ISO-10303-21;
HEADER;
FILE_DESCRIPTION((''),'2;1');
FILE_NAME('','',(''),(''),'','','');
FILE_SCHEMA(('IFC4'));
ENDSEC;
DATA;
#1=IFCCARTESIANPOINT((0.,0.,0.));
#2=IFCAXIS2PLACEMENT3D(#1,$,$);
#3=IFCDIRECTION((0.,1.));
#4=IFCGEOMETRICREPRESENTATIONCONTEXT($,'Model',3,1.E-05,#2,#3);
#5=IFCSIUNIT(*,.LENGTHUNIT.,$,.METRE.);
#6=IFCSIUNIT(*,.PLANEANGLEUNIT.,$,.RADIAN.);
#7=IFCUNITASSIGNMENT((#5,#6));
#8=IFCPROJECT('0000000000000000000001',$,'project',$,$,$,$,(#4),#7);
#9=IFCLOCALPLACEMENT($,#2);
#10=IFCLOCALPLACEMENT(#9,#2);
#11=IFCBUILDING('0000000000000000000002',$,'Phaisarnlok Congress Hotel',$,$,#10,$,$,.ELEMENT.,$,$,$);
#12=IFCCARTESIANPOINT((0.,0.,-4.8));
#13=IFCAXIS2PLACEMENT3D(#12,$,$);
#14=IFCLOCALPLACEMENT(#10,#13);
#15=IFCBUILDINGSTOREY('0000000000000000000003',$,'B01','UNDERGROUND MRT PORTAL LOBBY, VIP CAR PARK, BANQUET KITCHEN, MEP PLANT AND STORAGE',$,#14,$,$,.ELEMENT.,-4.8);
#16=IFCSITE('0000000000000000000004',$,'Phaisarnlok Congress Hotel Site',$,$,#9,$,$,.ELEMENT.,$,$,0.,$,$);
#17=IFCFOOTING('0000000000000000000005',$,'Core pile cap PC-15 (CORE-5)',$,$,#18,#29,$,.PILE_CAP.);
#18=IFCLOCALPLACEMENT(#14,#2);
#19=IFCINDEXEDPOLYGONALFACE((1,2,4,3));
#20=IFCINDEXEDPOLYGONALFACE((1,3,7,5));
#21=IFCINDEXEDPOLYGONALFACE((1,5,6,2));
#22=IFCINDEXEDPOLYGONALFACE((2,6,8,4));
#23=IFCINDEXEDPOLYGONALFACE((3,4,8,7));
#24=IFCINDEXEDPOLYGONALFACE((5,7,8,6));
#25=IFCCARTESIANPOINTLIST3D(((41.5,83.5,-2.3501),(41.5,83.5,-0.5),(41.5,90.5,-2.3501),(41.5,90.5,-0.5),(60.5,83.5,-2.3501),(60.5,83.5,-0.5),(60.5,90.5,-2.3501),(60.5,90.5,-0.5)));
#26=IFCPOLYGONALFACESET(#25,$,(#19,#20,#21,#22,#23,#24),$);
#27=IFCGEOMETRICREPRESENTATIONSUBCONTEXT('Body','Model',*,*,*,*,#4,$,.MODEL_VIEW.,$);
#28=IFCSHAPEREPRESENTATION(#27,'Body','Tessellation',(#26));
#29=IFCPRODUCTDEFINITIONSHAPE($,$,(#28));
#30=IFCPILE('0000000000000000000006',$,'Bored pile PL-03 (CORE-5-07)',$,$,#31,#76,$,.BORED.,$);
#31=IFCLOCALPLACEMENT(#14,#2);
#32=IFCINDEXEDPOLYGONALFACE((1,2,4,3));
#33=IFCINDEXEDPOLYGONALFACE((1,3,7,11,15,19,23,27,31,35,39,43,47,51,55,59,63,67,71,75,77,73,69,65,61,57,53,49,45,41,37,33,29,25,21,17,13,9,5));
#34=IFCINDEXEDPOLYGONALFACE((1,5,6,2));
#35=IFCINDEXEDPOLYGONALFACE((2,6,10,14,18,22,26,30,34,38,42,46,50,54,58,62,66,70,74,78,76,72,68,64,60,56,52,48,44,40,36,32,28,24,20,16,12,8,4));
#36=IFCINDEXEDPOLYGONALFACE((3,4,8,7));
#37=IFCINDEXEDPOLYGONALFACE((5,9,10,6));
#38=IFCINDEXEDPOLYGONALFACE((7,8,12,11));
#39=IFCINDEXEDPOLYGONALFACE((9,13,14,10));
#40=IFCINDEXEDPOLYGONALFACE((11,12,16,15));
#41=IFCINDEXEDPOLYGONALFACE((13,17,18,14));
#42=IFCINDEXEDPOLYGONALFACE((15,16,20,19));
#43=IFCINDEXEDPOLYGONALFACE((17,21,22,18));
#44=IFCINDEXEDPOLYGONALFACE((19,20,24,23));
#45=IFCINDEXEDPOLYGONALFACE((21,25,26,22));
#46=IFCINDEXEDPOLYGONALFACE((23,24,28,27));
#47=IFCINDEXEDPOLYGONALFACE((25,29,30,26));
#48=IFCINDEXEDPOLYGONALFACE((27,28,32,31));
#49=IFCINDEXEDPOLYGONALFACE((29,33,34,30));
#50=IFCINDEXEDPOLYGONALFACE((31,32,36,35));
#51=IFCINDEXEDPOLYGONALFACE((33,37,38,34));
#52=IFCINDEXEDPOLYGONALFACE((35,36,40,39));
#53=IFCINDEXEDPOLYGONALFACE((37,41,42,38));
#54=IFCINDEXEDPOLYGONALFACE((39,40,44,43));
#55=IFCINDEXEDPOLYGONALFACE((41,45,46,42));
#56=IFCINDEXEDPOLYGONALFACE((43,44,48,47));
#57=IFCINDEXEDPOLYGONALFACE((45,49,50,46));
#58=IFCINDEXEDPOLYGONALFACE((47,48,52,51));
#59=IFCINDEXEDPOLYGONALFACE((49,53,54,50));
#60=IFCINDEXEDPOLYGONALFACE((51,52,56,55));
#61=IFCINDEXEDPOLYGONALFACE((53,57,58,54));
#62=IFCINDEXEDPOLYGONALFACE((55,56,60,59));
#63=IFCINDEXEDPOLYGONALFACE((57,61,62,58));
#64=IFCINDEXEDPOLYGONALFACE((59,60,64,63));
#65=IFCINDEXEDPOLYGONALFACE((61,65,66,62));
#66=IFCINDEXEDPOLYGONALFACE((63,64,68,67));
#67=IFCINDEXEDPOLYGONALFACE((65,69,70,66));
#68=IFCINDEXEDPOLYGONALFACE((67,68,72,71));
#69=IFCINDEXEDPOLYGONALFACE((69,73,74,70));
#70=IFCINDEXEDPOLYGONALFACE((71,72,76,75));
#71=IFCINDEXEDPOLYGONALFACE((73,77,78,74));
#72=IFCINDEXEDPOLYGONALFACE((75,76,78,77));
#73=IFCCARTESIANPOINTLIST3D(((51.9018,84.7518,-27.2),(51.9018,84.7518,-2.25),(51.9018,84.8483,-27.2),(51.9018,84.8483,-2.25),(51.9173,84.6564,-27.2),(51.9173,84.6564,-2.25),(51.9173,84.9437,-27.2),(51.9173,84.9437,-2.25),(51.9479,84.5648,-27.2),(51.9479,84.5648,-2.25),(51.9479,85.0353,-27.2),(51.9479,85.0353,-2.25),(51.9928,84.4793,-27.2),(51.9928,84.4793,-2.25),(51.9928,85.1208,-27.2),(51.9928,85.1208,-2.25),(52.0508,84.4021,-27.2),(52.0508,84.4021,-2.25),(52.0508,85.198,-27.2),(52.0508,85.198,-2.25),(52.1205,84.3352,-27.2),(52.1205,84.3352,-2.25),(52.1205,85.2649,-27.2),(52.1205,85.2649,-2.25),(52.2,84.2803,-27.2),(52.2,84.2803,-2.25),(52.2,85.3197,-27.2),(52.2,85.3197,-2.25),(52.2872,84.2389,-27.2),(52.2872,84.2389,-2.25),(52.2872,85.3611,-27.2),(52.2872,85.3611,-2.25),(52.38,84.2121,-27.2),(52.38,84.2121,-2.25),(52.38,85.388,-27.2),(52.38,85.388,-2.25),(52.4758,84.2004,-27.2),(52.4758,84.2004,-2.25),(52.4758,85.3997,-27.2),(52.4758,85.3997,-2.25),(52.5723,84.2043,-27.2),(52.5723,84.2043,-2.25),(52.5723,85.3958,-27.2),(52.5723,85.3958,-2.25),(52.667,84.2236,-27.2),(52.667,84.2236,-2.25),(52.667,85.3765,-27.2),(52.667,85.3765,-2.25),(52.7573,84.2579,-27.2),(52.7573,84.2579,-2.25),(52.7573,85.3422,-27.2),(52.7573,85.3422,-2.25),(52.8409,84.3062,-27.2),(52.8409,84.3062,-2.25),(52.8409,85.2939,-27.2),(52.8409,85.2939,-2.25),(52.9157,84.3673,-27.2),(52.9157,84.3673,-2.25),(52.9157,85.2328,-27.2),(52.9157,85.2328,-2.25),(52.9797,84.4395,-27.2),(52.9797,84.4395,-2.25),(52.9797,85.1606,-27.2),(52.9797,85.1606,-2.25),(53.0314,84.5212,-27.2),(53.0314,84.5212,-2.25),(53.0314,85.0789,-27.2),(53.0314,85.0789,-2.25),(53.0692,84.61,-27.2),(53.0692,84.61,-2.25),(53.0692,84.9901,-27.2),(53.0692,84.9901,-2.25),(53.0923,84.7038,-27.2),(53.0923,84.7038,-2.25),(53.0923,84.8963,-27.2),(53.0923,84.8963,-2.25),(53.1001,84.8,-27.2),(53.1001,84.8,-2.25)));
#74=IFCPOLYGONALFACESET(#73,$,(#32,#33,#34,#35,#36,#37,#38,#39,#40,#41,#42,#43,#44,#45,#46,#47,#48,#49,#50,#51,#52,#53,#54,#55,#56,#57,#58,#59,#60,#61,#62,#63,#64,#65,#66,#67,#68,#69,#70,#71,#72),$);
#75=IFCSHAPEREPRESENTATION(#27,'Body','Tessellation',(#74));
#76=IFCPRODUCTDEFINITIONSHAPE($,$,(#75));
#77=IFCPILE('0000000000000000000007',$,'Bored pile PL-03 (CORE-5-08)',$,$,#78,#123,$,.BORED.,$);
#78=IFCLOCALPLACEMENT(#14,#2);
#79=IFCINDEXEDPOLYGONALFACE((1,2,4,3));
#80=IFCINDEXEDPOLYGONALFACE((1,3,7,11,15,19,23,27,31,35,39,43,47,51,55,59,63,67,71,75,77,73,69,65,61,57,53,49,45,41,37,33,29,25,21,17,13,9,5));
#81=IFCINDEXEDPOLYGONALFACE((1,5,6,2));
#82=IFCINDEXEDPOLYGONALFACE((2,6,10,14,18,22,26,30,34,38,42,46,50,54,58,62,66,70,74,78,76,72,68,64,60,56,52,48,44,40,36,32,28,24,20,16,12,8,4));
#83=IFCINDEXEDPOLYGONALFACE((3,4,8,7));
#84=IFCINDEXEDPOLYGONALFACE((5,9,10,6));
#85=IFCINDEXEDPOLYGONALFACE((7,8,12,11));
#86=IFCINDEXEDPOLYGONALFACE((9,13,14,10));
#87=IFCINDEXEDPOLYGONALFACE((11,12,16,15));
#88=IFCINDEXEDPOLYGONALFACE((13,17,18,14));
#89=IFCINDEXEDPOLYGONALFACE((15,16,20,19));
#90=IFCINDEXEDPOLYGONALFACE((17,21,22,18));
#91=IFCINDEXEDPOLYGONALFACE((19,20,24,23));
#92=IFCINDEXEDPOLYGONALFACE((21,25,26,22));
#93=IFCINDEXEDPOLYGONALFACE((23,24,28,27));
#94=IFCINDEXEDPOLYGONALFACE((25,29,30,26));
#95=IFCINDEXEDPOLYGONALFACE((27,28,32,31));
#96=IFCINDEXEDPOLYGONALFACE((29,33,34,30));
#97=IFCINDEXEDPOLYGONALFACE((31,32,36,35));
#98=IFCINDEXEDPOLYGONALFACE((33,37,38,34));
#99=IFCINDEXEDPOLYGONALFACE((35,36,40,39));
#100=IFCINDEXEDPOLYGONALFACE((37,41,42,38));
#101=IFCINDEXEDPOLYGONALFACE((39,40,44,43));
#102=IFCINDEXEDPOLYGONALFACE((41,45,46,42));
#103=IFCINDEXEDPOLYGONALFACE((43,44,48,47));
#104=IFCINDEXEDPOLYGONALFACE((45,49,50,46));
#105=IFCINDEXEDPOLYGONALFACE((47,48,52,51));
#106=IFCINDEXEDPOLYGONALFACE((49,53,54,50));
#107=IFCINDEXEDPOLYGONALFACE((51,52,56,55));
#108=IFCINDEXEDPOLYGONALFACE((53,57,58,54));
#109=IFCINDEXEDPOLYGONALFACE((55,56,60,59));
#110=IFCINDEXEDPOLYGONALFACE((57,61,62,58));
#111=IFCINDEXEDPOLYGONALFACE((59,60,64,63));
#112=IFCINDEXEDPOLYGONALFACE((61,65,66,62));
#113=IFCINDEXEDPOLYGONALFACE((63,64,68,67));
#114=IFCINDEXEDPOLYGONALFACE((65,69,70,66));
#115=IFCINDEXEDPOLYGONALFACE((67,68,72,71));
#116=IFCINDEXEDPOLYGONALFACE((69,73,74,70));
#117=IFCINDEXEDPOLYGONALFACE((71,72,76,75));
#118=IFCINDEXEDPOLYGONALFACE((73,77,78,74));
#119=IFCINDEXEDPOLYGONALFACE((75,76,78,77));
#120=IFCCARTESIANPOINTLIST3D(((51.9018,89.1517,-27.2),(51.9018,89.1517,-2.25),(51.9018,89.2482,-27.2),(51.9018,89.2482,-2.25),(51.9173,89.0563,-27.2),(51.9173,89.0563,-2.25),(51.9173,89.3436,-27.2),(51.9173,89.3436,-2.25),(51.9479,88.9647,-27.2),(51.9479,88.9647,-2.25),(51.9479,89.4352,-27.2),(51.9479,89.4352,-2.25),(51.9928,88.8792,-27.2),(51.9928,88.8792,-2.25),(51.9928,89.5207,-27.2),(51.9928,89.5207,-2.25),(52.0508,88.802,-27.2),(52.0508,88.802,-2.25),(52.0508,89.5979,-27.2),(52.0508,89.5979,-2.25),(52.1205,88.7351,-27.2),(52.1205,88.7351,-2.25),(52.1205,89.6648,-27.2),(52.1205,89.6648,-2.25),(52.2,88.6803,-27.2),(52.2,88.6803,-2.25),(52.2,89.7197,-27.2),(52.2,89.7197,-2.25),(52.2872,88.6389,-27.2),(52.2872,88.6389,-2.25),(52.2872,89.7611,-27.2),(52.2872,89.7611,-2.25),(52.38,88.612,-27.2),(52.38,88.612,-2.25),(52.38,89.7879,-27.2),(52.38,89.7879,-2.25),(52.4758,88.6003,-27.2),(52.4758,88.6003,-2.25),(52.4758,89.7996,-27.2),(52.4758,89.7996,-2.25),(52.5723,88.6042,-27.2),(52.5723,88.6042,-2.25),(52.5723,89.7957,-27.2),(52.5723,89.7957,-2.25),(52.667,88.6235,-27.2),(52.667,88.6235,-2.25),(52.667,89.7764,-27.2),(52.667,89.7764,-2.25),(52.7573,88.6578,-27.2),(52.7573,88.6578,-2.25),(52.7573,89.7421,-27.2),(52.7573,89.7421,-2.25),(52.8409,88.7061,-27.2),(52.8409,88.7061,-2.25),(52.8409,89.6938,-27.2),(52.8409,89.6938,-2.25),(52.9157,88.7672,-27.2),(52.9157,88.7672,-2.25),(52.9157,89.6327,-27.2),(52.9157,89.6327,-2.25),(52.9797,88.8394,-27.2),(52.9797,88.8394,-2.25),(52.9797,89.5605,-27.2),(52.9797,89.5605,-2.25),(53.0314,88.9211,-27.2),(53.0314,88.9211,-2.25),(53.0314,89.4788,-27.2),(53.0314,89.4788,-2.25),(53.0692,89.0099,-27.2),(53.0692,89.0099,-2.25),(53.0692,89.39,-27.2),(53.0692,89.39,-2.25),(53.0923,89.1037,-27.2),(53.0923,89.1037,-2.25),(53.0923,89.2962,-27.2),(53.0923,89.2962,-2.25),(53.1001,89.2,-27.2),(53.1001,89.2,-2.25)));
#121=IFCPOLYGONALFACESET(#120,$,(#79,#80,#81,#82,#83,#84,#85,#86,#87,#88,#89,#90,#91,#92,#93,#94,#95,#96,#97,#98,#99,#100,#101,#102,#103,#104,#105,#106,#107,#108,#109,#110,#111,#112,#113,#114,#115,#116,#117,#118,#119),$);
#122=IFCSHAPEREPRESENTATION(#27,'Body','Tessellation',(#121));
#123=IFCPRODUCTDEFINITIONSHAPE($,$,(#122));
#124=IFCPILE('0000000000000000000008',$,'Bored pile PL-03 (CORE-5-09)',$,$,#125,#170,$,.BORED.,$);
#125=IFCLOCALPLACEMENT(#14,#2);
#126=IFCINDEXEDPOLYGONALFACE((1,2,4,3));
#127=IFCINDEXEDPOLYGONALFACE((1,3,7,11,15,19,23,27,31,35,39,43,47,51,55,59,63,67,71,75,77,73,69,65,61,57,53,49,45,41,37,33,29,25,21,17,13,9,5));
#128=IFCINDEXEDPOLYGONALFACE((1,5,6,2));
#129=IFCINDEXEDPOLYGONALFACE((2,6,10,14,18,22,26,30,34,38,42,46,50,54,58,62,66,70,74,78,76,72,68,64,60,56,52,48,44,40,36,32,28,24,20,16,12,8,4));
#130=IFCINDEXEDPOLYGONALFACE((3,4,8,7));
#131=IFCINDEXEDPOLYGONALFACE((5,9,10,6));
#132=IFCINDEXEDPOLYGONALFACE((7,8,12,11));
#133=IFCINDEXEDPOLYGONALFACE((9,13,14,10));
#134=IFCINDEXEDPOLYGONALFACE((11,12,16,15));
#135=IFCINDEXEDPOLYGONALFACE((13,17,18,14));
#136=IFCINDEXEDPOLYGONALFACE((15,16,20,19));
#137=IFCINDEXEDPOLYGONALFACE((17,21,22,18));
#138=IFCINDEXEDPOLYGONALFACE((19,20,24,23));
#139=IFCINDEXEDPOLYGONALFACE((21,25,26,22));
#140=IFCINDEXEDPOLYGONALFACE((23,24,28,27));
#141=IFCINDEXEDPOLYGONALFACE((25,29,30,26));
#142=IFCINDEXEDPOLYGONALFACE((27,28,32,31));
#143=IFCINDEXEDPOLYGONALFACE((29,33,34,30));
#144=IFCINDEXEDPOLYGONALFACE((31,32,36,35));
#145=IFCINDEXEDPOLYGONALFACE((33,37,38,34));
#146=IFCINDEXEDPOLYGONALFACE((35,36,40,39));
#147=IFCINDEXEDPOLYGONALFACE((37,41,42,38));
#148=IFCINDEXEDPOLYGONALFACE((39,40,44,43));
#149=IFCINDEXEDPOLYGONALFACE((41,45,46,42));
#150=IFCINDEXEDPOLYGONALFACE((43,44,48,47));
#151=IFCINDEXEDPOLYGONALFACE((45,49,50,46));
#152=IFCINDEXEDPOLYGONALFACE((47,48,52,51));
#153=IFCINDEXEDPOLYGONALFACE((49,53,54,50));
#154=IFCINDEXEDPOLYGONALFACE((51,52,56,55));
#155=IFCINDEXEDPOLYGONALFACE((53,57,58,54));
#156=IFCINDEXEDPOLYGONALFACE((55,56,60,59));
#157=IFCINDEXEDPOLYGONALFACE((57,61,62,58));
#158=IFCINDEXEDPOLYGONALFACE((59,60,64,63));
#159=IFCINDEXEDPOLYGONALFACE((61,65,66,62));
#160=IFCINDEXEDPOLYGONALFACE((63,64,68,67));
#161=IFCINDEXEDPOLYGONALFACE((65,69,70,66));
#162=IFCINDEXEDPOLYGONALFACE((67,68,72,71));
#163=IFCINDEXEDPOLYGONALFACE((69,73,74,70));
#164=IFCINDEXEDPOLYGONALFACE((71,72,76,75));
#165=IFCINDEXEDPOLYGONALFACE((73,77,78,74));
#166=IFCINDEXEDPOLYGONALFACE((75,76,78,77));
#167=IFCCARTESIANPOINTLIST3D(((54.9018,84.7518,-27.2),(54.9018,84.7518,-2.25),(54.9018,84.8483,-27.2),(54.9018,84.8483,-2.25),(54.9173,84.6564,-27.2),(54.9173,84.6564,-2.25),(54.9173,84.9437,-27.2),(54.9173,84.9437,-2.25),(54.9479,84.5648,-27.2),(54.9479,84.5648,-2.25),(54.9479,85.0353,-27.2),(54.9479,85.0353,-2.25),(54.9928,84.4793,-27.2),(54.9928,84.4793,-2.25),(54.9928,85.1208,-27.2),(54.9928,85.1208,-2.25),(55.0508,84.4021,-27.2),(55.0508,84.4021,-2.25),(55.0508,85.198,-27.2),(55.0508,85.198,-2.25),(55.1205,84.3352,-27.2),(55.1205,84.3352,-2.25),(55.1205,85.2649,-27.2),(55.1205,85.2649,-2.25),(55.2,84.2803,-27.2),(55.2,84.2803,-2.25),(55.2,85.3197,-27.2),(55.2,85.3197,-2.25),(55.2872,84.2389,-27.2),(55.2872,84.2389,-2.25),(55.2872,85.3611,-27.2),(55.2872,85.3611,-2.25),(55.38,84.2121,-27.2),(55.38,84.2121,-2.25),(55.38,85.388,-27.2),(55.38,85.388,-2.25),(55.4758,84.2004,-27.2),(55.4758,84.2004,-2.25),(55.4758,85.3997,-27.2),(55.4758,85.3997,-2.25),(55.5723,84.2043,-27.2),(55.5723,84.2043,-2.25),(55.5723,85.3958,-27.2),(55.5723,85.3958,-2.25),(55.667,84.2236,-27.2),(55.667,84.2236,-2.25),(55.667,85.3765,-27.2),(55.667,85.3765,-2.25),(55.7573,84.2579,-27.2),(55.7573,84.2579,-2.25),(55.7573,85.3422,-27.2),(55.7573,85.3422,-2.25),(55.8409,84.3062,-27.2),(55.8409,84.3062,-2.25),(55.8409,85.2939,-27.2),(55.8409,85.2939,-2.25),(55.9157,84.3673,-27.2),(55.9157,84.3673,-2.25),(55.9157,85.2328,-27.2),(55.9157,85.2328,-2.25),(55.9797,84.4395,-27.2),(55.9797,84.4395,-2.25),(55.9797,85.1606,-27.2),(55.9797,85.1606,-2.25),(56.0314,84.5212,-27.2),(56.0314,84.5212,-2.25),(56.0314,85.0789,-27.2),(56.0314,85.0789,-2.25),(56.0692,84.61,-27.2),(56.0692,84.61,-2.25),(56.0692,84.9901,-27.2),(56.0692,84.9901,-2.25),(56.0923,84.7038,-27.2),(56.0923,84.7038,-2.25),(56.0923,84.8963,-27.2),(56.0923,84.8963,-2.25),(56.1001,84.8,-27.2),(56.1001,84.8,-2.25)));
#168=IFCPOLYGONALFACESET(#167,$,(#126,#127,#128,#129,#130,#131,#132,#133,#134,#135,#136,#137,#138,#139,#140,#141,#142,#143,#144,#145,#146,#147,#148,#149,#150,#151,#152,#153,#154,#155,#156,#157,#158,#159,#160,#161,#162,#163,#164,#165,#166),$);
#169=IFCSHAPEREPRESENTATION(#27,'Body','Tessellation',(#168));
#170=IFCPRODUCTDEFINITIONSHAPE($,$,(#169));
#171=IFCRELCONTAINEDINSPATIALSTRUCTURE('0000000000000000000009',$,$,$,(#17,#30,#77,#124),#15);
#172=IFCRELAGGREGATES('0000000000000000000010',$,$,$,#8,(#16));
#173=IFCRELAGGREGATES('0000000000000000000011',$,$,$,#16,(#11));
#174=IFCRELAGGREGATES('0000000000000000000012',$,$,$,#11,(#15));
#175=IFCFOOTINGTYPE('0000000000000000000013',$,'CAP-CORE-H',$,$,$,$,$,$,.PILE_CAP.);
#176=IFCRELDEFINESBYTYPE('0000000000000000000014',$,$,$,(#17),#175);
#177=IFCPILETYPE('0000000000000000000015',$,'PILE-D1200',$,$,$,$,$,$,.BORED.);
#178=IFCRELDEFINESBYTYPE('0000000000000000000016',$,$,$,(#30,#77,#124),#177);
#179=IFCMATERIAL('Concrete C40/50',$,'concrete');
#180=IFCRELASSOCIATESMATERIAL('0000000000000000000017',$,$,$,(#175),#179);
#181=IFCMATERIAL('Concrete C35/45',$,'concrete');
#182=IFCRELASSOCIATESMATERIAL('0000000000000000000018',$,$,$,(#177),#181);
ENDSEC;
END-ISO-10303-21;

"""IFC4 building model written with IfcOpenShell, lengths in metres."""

from ifc_helpers import new_model, si_unit, direction, frame, origin, origin_2d, place, context, subcontext, project, spatial, rectangle, circle, extrude, material, material_profile, profile_set, type_object, element, save


model = new_model("IFC4")

# Units and contexts
model_context = context("Model", 3, precision=1e-05, world=origin(), true_north=direction((0.0, 1.0)))
body_context = subcontext(model_context, "Body", "Model", "MODEL_VIEW")
ifc_project = project(units=[si_unit("LENGTHUNIT", "METRE"), si_unit("PLANEANGLEUNIT", "RADIAN")], contexts=[model_context])

# Site, building, storey
site_placement = place(None, origin())
site = spatial("IfcSite", under=ifc_project, at=site_placement, Name="Phaisarnlok Congress Hotel Site", CompositionType="ELEMENT", RefElevation=0.0)
building_placement = place(site_placement, origin())
building = spatial("IfcBuilding", under=site, at=building_placement, Name="Phaisarnlok Congress Hotel", CompositionType="ELEMENT")
storey_placement = place(building_placement, frame((0.0, 0.0, -4.8)))
storey = spatial("IfcBuildingStorey", under=building, at=storey_placement, Name="B01", Description="UNDERGROUND MRT PORTAL LOBBY, VIP CAR PARK, BANQUET KITCHEN, MEP PLANT AND STORAGE", CompositionType="ELEMENT", Elevation=-4.8)

# Footing
ifc_material_1 = material(Name="Concrete C40/50", Category="concrete")
footing_type = type_object("IfcFootingType", Name="CAP-CORE-H", PredefinedType="PILE_CAP", material=ifc_material_1)
footing_placement = place(storey_placement, frame((51.0, 87.0, -2.3501), z_axis=(0.0, 0.0, 1.0), x_axis=(1.0, 0.0, 0.0)))
element("IfcFooting", 1, at=footing_placement, inside=storey, type_object=footing_type, Name="Core pile cap PC-15 (CORE-5)", PredefinedType="PILE_CAP", context=body_context, shape_type="SweptSolid", body=[
    extrude(rectangle(XDim=19.0, YDim=7.0, at=origin_2d()), origin(), (0.0, 0.0, 1.0), 1.8501),
])

# Piles
ifc_material_2 = material(Name="Concrete C35/45", Category="concrete")
ifc_material_profile_1 = material_profile(ifc_material_2, circle(Radius=0.6001, at=origin_2d()), Name="BORED PILE D1200")
ifc_profile_set_1 = profile_set([ifc_material_profile_1], Name="Concrete C35/45")
pile_type = type_object("IfcPileType", Name="PILE-D1200", PredefinedType="BORED", material=ifc_profile_set_1)
for number, where, z_axis, x_axis, name in (
    (2, (52.5, 84.8, -2.25), (0.0, 0.0, -1.0), (1.0, 0.0, 0.0), "Bored pile PL-03 (CORE-5-07)"),
    (3, (52.5, 89.2, -2.25), (0.0, 0.0, -1.0), (1.0, 0.0, 0.0), "Bored pile PL-03 (CORE-5-08)"),
    (4, (55.5, 84.8, -2.25), (0.0, 0.0, -1.0), (1.0, 0.0, 0.0), "Bored pile PL-03 (CORE-5-09)"),
):
    element("IfcPile", number, at=place(storey_placement, frame(where, z_axis=z_axis, x_axis=x_axis)), inside=storey, type_object=pile_type, Name=name, PredefinedType="BORED", context=body_context, shape_type="SweptSolid", body=[
        extrude(circle(Radius=0.6001, at=origin_2d()), origin(), (0.0, 0.0, 1.0), 24.95),
    ])

save(model, "model.ifc")
